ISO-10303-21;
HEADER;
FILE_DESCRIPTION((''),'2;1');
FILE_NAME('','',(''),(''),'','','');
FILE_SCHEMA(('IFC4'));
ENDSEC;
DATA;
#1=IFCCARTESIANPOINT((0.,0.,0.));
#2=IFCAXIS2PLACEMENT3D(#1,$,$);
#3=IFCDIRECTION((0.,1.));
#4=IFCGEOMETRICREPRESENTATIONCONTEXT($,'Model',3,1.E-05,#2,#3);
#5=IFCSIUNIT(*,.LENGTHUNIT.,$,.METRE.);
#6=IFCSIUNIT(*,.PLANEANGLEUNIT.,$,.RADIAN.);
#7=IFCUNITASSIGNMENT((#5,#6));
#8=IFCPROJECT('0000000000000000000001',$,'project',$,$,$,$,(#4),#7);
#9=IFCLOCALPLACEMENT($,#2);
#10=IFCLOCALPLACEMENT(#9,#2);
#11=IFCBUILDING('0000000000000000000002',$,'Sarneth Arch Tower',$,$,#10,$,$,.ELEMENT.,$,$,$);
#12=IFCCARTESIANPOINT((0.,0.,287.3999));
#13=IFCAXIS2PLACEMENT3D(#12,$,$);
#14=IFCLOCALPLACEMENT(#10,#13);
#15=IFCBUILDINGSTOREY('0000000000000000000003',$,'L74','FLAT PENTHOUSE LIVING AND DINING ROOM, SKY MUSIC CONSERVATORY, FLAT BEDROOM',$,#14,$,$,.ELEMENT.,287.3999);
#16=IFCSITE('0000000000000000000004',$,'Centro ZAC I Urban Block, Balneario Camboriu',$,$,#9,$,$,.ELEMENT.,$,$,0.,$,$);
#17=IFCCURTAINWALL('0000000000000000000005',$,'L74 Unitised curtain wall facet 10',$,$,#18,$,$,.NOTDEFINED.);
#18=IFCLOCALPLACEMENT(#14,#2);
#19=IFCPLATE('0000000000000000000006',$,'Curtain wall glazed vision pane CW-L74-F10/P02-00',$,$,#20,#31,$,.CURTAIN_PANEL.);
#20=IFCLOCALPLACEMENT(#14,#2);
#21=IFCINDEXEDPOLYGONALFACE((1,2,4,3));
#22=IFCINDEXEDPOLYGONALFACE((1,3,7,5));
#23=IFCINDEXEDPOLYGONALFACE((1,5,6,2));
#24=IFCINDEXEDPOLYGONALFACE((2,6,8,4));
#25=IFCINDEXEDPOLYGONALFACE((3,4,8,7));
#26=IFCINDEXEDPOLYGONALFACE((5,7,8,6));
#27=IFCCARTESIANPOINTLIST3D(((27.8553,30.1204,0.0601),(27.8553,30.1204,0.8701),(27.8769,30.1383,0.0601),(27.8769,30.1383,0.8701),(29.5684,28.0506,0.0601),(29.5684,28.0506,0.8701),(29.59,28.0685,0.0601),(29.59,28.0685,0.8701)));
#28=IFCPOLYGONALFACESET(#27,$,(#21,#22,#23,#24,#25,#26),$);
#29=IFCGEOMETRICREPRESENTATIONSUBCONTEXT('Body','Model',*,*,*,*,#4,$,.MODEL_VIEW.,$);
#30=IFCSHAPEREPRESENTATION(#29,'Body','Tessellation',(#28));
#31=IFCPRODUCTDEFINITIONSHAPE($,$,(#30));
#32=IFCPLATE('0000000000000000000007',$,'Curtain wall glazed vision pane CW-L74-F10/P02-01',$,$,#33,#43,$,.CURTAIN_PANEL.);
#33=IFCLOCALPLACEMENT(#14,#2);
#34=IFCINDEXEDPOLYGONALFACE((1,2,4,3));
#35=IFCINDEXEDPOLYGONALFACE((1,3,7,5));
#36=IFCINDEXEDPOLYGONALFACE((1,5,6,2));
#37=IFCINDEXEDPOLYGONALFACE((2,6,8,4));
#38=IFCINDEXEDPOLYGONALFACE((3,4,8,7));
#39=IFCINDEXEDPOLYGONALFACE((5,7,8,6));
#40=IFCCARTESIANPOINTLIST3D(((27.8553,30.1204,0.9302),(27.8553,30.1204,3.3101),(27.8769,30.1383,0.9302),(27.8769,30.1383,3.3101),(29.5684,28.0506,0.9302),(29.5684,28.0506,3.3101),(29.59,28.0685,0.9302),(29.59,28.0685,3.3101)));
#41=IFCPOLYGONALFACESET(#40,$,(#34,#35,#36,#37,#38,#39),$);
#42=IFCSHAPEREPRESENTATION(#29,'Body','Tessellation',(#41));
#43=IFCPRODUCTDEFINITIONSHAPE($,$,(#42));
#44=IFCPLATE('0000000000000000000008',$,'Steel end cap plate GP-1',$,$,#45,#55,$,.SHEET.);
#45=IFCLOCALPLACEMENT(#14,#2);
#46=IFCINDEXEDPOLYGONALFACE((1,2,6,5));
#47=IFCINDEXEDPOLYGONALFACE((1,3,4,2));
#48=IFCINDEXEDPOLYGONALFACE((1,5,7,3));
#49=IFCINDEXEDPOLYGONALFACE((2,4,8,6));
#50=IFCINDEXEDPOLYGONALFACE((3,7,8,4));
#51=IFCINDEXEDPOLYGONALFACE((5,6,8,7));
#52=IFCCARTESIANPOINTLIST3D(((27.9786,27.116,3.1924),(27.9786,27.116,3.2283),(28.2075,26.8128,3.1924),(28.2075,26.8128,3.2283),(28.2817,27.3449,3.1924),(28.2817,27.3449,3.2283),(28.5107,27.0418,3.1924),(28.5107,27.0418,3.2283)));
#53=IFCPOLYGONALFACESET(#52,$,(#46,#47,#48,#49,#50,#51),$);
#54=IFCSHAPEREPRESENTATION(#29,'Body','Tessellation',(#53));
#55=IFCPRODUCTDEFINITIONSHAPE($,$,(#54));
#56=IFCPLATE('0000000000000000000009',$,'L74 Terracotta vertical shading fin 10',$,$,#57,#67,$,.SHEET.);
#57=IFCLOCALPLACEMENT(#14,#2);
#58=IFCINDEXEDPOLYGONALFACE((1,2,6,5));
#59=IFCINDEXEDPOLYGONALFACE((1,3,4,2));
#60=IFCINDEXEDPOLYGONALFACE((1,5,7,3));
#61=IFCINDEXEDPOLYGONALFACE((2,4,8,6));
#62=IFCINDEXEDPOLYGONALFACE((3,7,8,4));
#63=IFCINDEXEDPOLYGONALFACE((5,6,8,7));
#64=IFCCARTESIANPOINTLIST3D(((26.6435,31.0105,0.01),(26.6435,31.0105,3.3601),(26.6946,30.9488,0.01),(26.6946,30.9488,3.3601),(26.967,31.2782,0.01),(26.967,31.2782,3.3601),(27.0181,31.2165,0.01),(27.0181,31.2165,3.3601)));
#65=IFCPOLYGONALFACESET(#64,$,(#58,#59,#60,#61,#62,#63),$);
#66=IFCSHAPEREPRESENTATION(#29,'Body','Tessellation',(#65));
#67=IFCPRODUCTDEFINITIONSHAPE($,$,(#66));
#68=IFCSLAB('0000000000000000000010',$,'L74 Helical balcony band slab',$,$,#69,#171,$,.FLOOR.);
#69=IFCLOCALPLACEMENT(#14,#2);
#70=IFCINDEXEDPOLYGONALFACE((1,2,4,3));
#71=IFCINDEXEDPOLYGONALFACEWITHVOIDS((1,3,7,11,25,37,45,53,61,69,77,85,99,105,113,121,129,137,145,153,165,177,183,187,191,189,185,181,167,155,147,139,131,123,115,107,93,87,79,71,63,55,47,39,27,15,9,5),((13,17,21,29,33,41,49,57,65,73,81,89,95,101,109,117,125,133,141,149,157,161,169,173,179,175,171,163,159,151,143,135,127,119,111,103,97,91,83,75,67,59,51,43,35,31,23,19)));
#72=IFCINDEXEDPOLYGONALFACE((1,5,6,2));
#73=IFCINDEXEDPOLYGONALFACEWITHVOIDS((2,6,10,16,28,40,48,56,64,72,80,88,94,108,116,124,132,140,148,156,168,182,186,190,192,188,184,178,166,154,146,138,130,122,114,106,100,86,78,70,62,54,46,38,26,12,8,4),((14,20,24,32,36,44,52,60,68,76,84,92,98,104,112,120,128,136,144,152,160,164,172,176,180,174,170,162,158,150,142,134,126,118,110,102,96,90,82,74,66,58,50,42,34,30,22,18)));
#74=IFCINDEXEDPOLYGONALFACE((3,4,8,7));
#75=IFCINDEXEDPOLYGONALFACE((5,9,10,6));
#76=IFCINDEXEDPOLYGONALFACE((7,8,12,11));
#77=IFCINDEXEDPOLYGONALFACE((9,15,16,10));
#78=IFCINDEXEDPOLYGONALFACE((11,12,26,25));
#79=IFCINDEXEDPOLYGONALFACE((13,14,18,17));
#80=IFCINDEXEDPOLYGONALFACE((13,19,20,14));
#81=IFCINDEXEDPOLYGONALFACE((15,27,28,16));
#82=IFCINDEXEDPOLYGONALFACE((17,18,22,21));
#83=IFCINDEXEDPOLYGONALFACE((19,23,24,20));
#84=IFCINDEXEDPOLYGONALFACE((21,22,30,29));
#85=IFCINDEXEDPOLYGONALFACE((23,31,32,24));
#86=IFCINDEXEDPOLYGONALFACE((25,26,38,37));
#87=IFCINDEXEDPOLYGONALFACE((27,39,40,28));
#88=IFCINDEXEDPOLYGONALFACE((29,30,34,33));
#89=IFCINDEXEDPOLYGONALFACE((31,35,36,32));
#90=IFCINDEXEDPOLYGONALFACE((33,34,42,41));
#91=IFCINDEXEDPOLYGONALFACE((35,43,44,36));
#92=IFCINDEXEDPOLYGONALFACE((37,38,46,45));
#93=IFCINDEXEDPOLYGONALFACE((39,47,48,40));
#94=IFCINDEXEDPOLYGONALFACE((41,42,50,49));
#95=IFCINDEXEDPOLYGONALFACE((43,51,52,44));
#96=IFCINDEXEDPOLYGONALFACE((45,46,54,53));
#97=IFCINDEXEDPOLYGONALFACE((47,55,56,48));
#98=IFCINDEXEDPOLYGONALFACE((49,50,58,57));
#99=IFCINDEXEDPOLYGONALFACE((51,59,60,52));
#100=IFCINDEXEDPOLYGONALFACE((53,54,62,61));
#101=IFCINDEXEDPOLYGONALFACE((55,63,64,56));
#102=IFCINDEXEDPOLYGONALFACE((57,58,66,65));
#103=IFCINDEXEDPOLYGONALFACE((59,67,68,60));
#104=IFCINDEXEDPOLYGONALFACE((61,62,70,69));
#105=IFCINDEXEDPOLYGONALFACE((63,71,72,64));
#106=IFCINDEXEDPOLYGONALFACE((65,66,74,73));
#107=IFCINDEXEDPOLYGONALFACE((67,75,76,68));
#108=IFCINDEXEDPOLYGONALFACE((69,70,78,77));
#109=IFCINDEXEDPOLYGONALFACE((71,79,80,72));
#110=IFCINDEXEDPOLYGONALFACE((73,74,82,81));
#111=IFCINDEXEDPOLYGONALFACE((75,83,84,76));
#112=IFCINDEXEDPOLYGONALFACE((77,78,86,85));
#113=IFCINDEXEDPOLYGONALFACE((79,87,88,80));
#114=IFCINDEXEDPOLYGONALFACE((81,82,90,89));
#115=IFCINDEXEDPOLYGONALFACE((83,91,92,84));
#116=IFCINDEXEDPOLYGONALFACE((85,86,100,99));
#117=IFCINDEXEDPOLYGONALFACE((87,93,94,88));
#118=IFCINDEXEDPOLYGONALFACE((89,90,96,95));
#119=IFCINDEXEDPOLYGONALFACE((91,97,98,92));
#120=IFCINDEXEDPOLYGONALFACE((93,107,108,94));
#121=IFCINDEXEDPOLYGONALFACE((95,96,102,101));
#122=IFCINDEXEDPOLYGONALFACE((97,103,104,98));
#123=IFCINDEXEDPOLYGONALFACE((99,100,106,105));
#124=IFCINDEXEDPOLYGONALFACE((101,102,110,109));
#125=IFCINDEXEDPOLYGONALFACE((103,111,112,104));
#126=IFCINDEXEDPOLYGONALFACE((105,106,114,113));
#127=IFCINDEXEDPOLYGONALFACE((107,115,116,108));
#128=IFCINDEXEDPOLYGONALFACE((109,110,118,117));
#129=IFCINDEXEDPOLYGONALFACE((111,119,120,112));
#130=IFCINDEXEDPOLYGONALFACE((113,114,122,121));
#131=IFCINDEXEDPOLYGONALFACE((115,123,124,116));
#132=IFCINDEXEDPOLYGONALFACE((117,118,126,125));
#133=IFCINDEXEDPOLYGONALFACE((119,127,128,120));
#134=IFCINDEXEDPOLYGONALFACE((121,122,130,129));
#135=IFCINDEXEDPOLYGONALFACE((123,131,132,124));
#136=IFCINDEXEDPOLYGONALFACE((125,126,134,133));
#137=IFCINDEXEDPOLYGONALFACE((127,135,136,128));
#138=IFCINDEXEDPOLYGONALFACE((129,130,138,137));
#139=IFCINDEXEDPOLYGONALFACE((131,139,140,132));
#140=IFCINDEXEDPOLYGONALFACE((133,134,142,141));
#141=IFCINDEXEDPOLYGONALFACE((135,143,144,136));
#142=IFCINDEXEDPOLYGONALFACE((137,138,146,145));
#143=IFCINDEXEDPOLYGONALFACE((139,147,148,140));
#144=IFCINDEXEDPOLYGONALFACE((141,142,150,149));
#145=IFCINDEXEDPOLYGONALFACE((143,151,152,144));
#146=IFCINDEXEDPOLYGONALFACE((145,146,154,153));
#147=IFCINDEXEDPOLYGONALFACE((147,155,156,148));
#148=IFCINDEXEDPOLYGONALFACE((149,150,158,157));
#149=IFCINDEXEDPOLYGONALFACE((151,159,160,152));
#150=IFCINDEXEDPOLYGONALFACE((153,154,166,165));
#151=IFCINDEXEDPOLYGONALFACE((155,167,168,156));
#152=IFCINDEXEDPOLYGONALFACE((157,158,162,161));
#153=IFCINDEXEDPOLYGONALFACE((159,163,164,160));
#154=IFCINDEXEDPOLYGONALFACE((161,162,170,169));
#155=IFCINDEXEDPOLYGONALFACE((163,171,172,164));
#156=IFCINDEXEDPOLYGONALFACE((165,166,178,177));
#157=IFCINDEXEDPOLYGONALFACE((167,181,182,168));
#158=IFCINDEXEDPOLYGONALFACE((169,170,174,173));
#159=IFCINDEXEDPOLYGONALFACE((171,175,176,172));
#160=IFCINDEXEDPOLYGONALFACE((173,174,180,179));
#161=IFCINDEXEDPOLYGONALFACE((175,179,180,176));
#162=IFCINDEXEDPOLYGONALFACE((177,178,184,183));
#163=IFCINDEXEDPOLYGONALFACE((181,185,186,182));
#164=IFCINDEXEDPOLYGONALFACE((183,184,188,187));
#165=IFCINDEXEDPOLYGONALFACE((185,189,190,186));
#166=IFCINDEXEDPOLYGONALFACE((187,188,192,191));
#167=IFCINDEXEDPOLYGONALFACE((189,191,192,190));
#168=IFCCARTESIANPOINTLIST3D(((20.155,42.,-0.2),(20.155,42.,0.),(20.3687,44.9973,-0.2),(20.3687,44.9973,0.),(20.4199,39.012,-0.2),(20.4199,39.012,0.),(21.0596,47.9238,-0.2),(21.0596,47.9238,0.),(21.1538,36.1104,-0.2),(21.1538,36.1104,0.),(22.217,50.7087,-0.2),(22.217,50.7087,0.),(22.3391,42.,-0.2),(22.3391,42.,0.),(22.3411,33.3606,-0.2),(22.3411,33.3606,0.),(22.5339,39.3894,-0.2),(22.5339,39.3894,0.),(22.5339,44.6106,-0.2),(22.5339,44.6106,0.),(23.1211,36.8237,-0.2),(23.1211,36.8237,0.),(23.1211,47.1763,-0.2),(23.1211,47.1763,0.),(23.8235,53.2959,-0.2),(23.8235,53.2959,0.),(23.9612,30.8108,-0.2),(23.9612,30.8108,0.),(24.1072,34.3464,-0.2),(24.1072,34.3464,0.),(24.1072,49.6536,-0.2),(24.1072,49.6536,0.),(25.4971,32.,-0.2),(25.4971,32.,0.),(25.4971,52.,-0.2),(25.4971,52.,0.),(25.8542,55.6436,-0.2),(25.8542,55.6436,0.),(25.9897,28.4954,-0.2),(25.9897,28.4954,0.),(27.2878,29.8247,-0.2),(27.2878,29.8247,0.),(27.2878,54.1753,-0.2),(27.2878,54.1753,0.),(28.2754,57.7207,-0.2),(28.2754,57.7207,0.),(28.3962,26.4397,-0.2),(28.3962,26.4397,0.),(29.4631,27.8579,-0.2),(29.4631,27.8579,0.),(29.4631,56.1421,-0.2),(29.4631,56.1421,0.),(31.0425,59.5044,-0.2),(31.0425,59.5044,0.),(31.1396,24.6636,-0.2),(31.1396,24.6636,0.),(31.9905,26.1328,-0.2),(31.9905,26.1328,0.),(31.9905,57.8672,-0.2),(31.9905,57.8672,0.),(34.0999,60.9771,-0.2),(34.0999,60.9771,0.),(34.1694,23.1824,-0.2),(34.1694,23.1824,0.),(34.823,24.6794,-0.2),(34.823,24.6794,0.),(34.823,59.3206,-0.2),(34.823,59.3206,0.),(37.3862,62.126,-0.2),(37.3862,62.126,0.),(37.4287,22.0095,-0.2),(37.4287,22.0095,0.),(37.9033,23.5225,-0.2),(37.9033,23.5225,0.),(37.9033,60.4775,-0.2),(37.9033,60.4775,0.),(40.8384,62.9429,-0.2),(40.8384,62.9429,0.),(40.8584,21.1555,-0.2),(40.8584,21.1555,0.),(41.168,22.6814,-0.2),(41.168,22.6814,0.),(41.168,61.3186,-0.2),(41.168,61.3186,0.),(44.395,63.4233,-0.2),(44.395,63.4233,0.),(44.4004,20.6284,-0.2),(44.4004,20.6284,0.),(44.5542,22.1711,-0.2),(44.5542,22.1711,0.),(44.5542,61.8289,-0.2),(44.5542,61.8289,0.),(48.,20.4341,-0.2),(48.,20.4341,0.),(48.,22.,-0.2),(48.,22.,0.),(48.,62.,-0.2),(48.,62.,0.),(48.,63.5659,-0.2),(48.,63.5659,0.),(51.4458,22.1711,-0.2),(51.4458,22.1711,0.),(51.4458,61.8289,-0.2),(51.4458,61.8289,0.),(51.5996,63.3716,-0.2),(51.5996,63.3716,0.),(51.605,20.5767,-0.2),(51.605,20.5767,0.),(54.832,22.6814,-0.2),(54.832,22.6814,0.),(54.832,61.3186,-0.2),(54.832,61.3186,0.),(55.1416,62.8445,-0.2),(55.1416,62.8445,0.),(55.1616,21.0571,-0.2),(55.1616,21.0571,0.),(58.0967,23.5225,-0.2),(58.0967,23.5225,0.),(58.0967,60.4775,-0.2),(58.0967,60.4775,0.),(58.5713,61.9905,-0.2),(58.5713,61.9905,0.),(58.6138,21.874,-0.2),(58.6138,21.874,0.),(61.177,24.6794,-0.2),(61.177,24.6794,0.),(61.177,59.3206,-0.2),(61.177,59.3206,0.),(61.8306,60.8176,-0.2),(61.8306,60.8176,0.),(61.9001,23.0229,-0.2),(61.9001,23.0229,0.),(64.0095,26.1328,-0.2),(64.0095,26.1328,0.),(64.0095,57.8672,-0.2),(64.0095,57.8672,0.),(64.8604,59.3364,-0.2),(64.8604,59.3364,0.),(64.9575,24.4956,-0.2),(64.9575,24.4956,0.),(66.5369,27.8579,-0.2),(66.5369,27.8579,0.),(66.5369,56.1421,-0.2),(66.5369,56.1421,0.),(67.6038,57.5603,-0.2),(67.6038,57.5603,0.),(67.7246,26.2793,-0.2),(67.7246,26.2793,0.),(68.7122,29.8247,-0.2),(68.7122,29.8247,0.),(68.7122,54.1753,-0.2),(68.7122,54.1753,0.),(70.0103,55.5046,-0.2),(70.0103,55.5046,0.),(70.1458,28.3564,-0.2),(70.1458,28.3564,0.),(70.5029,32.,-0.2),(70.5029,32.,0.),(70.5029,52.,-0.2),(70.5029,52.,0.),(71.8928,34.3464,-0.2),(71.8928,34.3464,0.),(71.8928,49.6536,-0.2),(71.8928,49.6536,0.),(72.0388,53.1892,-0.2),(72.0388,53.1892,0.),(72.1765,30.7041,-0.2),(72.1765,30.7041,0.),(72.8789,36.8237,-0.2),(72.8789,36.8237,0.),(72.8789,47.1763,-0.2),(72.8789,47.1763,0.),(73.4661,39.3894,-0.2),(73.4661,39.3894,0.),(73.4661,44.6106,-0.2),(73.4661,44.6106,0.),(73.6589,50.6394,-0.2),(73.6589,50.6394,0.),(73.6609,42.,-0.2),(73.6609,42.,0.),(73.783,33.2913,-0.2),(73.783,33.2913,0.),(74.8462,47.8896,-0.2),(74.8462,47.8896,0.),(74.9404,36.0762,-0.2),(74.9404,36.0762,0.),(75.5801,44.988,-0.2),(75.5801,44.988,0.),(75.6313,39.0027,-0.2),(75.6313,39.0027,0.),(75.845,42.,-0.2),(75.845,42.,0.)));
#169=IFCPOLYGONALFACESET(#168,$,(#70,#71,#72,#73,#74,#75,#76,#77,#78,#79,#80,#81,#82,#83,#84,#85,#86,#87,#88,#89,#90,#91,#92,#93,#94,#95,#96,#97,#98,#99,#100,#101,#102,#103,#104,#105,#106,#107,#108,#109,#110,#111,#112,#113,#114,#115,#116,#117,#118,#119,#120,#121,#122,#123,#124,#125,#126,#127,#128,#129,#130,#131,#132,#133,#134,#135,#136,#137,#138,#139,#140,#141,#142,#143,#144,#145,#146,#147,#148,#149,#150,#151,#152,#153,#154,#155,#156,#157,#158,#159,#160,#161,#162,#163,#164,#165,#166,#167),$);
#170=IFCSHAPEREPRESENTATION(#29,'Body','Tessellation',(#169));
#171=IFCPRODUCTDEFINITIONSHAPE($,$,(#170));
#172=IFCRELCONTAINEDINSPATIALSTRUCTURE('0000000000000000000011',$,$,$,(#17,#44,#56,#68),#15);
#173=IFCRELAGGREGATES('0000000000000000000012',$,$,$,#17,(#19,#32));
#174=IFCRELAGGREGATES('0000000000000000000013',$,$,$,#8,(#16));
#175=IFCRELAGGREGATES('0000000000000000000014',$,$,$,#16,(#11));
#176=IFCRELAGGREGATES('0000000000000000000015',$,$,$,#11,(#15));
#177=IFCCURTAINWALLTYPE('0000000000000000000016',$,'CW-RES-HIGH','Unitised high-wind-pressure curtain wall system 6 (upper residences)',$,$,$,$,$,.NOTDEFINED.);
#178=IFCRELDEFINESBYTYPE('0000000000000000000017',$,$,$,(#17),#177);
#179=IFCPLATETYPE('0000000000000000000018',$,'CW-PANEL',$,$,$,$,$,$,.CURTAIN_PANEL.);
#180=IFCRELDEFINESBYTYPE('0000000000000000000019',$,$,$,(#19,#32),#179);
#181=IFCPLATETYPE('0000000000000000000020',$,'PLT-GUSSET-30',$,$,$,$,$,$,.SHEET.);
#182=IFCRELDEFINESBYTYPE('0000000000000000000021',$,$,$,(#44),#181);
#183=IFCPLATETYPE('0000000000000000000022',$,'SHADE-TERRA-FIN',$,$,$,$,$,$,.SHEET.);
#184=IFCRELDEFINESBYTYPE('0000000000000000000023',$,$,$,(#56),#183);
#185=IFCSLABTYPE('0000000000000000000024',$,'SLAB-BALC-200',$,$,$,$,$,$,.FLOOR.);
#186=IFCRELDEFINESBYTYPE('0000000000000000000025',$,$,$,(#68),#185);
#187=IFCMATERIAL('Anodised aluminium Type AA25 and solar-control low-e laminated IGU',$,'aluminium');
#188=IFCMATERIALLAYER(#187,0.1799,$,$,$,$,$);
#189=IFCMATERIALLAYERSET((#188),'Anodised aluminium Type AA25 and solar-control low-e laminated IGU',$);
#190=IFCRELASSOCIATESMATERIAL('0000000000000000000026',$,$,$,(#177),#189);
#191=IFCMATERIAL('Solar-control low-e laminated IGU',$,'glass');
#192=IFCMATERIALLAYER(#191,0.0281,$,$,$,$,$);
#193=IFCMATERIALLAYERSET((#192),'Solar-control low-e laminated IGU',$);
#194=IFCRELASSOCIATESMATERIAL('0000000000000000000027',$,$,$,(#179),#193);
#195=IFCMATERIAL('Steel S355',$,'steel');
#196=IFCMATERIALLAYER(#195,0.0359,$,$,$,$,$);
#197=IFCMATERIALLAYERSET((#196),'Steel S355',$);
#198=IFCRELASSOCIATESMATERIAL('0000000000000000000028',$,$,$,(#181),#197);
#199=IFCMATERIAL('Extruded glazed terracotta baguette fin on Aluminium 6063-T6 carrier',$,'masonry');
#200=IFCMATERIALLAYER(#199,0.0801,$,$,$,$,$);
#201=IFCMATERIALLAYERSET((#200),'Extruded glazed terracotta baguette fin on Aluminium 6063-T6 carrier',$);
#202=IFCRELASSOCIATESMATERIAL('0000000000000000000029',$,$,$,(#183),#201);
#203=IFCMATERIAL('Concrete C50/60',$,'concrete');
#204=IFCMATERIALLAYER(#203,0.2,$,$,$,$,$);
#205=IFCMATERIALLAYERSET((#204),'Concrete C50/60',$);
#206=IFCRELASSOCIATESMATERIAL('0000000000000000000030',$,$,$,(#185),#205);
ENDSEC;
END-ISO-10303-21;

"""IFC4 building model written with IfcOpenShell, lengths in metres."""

from ifc_helpers import new_model, si_unit, direction, frame, origin, origin_2d, place, context, subcontext, project, spatial, polyline, rectangle, outline, extrude, material, layer, layer_set, type_object, element, aggregate, save


model = new_model("IFC4")

# Units and contexts
model_context = context("Model", 3, precision=1e-05, world=origin(), true_north=direction((0.0, 1.0)))
body_context = subcontext(model_context, "Body", "Model", "MODEL_VIEW")
ifc_project = project(units=[si_unit("LENGTHUNIT", "METRE"), si_unit("PLANEANGLEUNIT", "RADIAN")], contexts=[model_context])

# Site, building, storey
site_placement = place(None, origin())
site = spatial("IfcSite", under=ifc_project, at=site_placement, Name="Centro ZAC I Urban Block, Balneario Camboriu", CompositionType="ELEMENT", RefElevation=0.0)
building_placement = place(site_placement, origin())
building = spatial("IfcBuilding", under=site, at=building_placement, Name="Sarneth Arch Tower", CompositionType="ELEMENT")
storey_placement = place(building_placement, frame((0.0, 0.0, 287.3999)))
storey = spatial("IfcBuildingStorey", under=building, at=storey_placement, Name="L74", Description="FLAT PENTHOUSE LIVING AND DINING ROOM, SKY MUSIC CONSERVATORY, FLAT BEDROOM", CompositionType="ELEMENT", Elevation=287.3999)

# Curtain wall
ifc_material_1 = material(Name="Anodised aluminium Type AA25 and solar-control low-e laminated IGU", Category="aluminium")
ifc_layer_1 = layer(ifc_material_1, 0.1799)
ifc_layer_set_1 = layer_set([ifc_layer_1], Name="Anodised aluminium Type AA25 and solar-control low-e laminated IGU")
curtain_wall_type = type_object("IfcCurtainWallType", Name="CW-RES-HIGH", Description="Unitised high-wind-pressure curtain wall system 6 (upper residences)", PredefinedType="NOTDEFINED", material=ifc_layer_set_1)
curtain_wall_placement = place(storey_placement, origin())
curtain_wall = element("IfcCurtainWall", 1, at=curtain_wall_placement, inside=storey, type_object=curtain_wall_type, Name="L74 Unitised curtain wall facet 10", PredefinedType="NOTDEFINED")

# Plates
ifc_material_2 = material(Name="Solar-control low-e laminated IGU", Category="glass")
ifc_layer_2 = layer(ifc_material_2, 0.0281)
ifc_layer_set_2 = layer_set([ifc_layer_2], Name="Solar-control low-e laminated IGU")
plate_type_1 = type_object("IfcPlateType", Name="CW-PANEL", PredefinedType="CURTAIN_PANEL", material=ifc_layer_set_2)
plate_1_placement = place(storey_placement, frame((28.7227, 29.0945, 0.0601), z_axis=(0.0, 0.0, 1.0), x_axis=(0.63761, -0.770359, 0.0)))
plate_1 = element("IfcPlate", 2, at=plate_1_placement, type_object=plate_type_1, Name="Curtain wall glazed vision pane CW-L74-F10/P02-00", PredefinedType="CURTAIN_PANEL", context=body_context, shape_type="SweptSolid", body=[
    extrude(rectangle(XDim=2.6868, YDim=0.0281, at=origin_2d()), origin(), (0.0, 0.0, 1.0), 0.8101),
])
plate_2_placement = place(storey_placement, frame((28.7227, 29.0945, 0.9302), z_axis=(0.0, 0.0, 1.0), x_axis=(0.63761, -0.770359, 0.0)))
plate_2 = element("IfcPlate", 3, at=plate_2_placement, type_object=plate_type_1, Name="Curtain wall glazed vision pane CW-L74-F10/P02-01", PredefinedType="CURTAIN_PANEL", context=body_context, shape_type="SweptSolid", body=[
    extrude(rectangle(XDim=2.6868, YDim=0.0281, at=origin_2d()), origin(), (0.0, 0.0, 1.0), 2.3799),
])
aggregate(curtain_wall, [plate_1, plate_2])

# Plates
ifc_material_3 = material(Name="Steel S355", Category="steel")
ifc_layer_3 = layer(ifc_material_3, 0.0359)
ifc_layer_set_3 = layer_set([ifc_layer_3], Name="Steel S355")
plate_type_2 = type_object("IfcPlateType", Name="PLT-GUSSET-30", PredefinedType="SHEET", material=ifc_layer_set_3)
plate_3_placement = place(storey_placement, frame((28.2446, 27.0789, 3.1924), z_axis=(0.0, 0.0, 1.0), x_axis=(-0.798005, -0.602651, 0.0)))
element("IfcPlate", 4, at=plate_3_placement, inside=storey, type_object=plate_type_2, Name="Steel end cap plate GP-1", PredefinedType="SHEET", context=body_context, shape_type="SweptSolid", body=[
    extrude(rectangle(XDim=0.3799, YDim=0.3799, at=origin_2d()), origin(), (0.0, 0.0, 1.0), 0.0359),
])
ifc_material_4 = material(Name="Extruded glazed terracotta baguette fin on Aluminium 6063-T6 carrier", Category="masonry")
ifc_layer_4 = layer(ifc_material_4, 0.0801)
ifc_layer_set_4 = layer_set([ifc_layer_4], Name="Extruded glazed terracotta baguette fin on Aluminium 6063-T6 carrier")
plate_type_3 = type_object("IfcPlateType", Name="SHADE-TERRA-FIN", PredefinedType="SHEET", material=ifc_layer_set_4)
plate_4_placement = place(storey_placement, frame((26.8308, 31.1135, 0.01), z_axis=(0.0, 0.0, 1.0), x_axis=(-0.770402, -0.637558, 0.0)))
element("IfcPlate", 5, at=plate_4_placement, inside=storey, type_object=plate_type_3, Name="L74 Terracotta vertical shading fin 10", PredefinedType="SHEET", context=body_context, shape_type="SweptSolid", body=[
    extrude(rectangle(XDim=0.4199, YDim=0.0801, at=origin_2d()), origin(), (0.0, 0.0, 1.0), 3.3501),
])

# Slab
ifc_material_5 = material(Name="Concrete C50/60", Category="concrete")
ifc_layer_5 = layer(ifc_material_5, 0.2)
ifc_layer_set_5 = layer_set([ifc_layer_5], Name="Concrete C50/60")
slab_type_1 = type_object("IfcSlabType", Name="SLAB-BALC-200", PredefinedType="FLOOR", material=ifc_layer_set_5)
slab_1_placement = place(storey_placement, frame((0.0, 0.0, -0.2)))
element("IfcSlab", 6, at=slab_1_placement, inside=storey, type_object=slab_type_1, Name="L74 Helical balcony band slab", PredefinedType="FLOOR", context=body_context, shape_type="SweptSolid", body=[
    extrude(outline(polyline([(75.845, 42.0), (75.5801, 44.988), (74.8462, 47.8896), (73.6589, 50.6394), (72.0388, 53.1892), (70.0103, 55.5046), (67.6038, 57.5603), (64.8604, 59.3364), (61.8306, 60.8176), (58.5713, 61.9905), (55.1416, 62.8445), (51.5996, 63.3716), (48.0, 63.5659), (44.395, 63.4233), (40.8384, 62.9429), (37.3862, 62.126), (34.0999, 60.9771), (31.0425, 59.5044), (28.2754, 57.7207), (25.8542, 55.6436), (23.8235, 53.2959), (22.217, 50.7087), (21.0596, 47.9238), (20.3687, 44.9973), (20.155, 42.0), (20.4199, 39.012), (21.1538, 36.1104), (22.3411, 33.3606), (23.9612, 30.8108), (25.9897, 28.4954), (28.3962, 26.4397), (31.1396, 24.6636), (34.1694, 23.1824), (37.4287, 22.0095), (40.8584, 21.1555), (44.4004, 20.6284), (48.0, 20.4341), (51.605, 20.5767), (55.1616, 21.0571), (58.6138, 21.874), (61.9001, 23.0229), (64.9575, 24.4956), (67.7246, 26.2793), (70.1458, 28.3564), (72.1765, 30.7041), (73.783, 33.2913), (74.9404, 36.0762), (75.6313, 39.0027), (75.845, 42.0)]), holes=[polyline([(73.6609, 42.0), (73.4661, 44.6106), (72.8789, 47.1763), (71.8928, 49.6536), (70.5029, 52.0), (68.7122, 54.1753), (66.5369, 56.1421), (64.0095, 57.8672), (61.177, 59.3206), (58.0967, 60.4775), (54.832, 61.3186), (51.4458, 61.8289), (48.0, 62.0), (44.5542, 61.8289), (41.168, 61.3186), (37.9033, 60.4775), (34.823, 59.3206), (31.9905, 57.8672), (29.4631, 56.1421), (27.2878, 54.1753), (25.4971, 52.0), (24.1072, 49.6536), (23.1211, 47.1763), (22.5339, 44.6106), (22.3391, 42.0), (22.5339, 39.3894), (23.1211, 36.8237), (24.1072, 34.3464), (25.4971, 32.0), (27.2878, 29.8247), (29.4631, 27.8579), (31.9905, 26.1328), (34.823, 24.6794), (37.9033, 23.5225), (41.168, 22.6814), (44.5542, 22.1711), (48.0, 22.0), (51.4458, 22.1711), (54.832, 22.6814), (58.0967, 23.5225), (61.177, 24.6794), (64.0095, 26.1328), (66.5369, 27.8579), (68.7122, 29.8247), (70.5029, 32.0), (71.8928, 34.3464), (72.8789, 36.8237), (73.4661, 39.3894), (73.6609, 42.0)])]), origin(), (0.0, 0.0, 1.0), 0.2),
])

save(model, "model.ifc")
